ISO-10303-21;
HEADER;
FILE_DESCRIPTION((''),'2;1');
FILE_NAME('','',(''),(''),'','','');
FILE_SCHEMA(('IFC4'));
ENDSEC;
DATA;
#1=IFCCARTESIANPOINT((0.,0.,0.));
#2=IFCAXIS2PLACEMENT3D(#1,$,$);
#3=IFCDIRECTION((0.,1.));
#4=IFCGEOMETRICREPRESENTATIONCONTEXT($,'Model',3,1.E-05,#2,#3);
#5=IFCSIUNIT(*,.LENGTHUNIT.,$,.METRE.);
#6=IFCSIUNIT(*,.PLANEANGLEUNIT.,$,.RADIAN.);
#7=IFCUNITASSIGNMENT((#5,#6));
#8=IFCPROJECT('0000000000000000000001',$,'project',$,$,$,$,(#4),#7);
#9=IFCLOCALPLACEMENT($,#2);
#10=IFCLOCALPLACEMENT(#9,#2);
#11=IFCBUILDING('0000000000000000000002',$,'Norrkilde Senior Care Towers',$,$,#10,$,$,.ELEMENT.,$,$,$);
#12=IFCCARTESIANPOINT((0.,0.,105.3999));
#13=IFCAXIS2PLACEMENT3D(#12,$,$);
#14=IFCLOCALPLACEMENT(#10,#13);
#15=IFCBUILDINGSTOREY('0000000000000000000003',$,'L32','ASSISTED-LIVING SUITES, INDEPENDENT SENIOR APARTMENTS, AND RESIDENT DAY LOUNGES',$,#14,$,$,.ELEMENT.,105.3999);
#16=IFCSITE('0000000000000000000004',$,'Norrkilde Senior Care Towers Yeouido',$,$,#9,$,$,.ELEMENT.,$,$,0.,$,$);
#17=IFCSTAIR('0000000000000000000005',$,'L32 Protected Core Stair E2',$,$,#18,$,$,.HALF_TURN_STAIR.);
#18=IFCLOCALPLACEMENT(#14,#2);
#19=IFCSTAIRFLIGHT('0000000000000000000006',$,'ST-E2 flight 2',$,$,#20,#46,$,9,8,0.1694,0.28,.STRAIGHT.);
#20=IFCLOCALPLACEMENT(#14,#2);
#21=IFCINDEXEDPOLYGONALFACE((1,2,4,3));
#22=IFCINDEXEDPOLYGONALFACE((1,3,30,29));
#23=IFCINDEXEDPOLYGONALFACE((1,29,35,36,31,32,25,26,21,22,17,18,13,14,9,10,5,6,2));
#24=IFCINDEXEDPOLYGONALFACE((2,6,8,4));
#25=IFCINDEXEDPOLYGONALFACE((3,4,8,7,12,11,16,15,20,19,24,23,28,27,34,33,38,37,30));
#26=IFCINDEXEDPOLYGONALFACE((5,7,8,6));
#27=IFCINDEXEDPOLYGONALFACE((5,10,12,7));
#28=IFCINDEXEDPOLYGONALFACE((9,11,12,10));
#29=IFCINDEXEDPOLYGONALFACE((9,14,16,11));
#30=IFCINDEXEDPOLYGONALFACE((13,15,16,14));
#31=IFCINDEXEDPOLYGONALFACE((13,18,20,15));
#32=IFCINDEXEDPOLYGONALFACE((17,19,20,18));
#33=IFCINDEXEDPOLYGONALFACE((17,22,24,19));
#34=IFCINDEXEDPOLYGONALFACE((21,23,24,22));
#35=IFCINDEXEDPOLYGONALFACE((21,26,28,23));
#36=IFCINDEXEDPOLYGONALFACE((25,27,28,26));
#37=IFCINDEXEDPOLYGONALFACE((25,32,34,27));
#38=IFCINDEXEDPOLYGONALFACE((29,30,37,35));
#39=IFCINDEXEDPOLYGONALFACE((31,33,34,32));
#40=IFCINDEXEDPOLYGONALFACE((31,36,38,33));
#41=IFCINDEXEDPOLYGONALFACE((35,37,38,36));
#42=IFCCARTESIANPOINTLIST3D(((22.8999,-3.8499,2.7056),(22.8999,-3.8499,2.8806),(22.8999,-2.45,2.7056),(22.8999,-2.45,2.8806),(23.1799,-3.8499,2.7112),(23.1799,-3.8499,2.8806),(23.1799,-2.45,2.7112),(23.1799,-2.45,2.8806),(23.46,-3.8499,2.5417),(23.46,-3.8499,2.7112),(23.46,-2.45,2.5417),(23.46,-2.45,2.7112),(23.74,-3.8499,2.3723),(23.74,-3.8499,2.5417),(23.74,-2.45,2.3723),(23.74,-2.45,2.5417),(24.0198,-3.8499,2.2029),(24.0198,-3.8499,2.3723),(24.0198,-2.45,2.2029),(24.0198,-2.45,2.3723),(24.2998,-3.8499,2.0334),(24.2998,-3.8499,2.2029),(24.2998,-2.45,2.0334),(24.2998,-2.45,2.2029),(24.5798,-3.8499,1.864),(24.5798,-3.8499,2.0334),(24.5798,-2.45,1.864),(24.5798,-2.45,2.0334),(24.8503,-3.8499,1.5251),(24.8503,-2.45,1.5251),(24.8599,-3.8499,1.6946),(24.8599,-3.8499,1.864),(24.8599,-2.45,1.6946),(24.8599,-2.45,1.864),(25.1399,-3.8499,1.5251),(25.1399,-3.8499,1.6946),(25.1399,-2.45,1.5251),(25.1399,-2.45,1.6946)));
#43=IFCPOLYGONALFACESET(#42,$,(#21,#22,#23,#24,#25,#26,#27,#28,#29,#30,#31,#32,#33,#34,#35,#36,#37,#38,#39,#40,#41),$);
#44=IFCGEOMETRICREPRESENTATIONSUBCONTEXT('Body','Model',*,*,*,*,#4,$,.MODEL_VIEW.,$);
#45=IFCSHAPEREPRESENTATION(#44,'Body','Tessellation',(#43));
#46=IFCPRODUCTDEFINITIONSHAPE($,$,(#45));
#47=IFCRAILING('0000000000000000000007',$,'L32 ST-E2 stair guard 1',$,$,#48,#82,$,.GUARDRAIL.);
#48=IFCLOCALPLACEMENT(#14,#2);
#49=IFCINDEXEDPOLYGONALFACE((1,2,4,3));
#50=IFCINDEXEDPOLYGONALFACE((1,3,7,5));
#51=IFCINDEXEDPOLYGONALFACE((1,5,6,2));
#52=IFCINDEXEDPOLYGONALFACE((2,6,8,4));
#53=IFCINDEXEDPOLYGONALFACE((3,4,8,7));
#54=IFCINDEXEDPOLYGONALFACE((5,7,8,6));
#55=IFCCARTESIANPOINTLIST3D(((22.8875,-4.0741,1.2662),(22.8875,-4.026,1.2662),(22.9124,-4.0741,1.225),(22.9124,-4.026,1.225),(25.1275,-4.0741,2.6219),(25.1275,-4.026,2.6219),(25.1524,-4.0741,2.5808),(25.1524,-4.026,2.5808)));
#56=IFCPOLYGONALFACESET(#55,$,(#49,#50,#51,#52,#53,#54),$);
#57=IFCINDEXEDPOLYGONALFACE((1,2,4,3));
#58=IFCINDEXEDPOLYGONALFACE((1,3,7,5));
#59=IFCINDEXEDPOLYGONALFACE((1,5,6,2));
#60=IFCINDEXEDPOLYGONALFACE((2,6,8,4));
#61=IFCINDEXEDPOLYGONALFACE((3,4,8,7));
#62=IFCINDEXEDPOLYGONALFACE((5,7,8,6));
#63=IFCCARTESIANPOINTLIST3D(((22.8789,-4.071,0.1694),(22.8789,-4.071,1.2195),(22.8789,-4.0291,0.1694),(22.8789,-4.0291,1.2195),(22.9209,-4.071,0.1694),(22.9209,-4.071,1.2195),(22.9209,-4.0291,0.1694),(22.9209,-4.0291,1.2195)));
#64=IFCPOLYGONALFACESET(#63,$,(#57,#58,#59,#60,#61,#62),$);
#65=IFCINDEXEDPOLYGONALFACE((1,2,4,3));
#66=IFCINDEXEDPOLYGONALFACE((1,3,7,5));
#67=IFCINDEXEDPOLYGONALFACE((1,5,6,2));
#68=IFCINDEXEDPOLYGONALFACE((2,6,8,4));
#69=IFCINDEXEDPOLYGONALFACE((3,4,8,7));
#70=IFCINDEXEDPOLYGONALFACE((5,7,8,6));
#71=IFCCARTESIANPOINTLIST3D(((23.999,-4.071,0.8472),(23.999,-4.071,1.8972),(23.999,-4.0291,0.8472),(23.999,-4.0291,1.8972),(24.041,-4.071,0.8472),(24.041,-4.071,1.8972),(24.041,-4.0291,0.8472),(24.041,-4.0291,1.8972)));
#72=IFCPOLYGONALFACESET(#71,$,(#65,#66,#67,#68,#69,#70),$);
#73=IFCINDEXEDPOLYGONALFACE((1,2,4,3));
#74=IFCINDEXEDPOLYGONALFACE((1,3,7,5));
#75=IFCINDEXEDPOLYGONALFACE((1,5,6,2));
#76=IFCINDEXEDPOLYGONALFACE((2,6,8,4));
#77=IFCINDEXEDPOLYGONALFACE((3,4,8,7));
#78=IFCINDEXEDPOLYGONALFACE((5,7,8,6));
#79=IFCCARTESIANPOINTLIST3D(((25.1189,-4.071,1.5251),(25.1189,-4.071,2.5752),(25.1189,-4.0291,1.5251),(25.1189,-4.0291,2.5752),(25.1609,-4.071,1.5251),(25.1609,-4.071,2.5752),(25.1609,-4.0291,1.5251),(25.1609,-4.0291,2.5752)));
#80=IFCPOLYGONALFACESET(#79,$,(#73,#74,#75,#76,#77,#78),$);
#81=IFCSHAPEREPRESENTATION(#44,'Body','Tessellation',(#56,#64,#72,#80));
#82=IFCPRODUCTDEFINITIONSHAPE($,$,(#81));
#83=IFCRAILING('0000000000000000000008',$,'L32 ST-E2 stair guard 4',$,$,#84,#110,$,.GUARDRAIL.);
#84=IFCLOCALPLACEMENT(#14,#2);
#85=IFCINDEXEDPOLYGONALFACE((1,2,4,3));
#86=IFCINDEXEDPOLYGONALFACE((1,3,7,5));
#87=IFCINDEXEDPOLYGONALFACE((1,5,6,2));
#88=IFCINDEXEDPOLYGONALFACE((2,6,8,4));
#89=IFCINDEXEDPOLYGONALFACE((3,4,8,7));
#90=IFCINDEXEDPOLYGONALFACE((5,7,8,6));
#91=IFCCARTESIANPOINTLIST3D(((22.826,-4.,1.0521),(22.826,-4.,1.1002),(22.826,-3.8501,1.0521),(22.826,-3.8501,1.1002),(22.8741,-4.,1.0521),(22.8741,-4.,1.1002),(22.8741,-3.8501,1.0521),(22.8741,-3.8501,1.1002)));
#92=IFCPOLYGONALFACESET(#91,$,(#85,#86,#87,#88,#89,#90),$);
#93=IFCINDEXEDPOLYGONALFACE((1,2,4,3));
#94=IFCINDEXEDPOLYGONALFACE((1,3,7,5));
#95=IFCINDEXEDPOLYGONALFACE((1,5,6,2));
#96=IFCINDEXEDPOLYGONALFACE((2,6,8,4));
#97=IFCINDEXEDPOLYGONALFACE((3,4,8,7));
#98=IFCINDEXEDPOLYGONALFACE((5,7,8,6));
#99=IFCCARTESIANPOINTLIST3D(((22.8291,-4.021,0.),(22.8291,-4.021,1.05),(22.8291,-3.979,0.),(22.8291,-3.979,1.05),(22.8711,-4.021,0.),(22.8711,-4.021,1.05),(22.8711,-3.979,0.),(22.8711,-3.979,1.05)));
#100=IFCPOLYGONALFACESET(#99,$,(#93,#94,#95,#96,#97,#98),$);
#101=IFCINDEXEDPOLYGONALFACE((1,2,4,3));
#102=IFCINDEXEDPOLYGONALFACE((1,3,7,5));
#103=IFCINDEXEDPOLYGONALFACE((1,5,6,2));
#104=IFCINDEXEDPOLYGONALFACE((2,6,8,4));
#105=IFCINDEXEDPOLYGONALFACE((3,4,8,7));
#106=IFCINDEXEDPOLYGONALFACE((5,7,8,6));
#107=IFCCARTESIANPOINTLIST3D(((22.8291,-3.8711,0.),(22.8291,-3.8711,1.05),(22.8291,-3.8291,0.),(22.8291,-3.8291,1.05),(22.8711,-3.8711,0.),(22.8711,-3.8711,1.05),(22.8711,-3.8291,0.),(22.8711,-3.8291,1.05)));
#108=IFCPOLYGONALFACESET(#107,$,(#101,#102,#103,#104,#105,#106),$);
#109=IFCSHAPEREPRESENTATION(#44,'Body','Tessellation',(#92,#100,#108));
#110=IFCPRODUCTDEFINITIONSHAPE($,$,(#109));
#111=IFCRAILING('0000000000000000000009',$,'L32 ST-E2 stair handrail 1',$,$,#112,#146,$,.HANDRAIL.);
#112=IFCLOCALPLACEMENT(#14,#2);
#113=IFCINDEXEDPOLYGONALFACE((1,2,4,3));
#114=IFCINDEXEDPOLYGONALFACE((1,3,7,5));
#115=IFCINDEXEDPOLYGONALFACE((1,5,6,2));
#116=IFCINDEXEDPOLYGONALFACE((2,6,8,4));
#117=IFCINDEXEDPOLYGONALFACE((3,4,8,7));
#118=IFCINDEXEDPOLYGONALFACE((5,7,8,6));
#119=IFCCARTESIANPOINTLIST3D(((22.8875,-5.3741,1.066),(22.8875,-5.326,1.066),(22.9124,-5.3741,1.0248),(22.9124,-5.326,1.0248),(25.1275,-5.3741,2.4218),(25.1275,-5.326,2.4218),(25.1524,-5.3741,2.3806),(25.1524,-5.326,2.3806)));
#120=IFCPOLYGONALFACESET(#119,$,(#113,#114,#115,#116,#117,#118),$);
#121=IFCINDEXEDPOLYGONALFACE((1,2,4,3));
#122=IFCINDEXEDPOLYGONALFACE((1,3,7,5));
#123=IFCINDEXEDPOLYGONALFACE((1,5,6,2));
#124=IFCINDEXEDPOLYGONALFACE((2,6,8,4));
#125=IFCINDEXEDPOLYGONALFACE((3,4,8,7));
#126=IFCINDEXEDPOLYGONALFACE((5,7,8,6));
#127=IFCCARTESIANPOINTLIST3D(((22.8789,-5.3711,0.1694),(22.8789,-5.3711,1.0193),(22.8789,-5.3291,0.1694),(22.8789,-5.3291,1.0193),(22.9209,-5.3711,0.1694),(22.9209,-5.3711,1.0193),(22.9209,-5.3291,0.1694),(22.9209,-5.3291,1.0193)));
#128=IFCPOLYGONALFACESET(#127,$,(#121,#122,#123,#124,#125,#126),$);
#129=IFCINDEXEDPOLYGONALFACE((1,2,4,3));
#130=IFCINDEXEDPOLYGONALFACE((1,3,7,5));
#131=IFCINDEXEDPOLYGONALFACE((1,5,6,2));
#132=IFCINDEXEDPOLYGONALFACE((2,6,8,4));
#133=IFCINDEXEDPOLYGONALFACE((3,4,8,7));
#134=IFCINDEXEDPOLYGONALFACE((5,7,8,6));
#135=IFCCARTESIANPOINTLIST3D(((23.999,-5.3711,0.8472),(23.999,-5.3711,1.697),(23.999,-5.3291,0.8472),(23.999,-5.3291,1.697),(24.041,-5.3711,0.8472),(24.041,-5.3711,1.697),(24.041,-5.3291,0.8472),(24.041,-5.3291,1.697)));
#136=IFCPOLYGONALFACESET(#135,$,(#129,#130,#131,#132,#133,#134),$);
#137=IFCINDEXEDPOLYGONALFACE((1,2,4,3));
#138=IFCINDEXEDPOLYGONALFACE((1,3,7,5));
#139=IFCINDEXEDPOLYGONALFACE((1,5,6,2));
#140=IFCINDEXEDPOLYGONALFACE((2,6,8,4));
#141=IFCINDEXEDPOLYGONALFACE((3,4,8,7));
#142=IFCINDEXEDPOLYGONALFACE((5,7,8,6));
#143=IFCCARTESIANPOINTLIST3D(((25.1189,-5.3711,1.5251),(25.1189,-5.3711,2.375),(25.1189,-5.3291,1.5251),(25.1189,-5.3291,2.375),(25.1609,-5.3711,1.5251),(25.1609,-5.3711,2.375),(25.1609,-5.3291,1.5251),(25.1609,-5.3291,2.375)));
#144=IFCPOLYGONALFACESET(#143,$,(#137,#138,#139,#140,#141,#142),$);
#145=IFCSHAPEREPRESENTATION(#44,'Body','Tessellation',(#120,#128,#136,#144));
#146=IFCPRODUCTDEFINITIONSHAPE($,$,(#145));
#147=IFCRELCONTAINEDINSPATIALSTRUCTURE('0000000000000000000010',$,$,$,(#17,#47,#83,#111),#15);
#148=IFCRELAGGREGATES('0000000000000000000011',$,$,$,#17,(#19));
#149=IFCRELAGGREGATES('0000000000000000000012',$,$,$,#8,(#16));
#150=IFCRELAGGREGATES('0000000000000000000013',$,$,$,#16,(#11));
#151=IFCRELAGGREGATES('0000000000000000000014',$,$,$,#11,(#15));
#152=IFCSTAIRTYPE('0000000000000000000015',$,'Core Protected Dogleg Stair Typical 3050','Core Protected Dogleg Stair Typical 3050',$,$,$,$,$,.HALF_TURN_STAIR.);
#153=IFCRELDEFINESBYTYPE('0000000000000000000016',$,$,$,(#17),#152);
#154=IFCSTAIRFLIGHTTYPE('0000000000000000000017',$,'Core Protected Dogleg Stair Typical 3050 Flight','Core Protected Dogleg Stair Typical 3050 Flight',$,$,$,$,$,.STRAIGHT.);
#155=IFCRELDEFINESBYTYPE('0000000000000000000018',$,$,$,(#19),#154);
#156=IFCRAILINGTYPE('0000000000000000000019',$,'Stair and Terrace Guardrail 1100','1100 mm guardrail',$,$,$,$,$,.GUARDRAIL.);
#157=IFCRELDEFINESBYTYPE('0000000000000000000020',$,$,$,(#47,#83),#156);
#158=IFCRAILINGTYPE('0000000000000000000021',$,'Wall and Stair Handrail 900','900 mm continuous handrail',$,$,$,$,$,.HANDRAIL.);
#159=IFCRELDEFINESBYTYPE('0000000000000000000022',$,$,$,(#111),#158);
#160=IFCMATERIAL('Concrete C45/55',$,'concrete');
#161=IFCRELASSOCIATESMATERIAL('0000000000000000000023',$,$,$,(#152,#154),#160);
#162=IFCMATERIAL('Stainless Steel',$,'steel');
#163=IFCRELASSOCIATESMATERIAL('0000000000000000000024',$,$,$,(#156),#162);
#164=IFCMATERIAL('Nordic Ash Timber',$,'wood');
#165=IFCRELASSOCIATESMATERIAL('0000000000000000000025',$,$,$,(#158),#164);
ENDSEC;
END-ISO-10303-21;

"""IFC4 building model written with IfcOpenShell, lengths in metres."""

from ifc_helpers import new_model, si_unit, direction, frame, origin, origin_2d, place, context, subcontext, project, spatial, polyline, rectangle, outline, extrude, material, type_object, element, aggregate, save


model = new_model("IFC4")

# Units and contexts
model_context = context("Model", 3, precision=1e-05, world=origin(), true_north=direction((0.0, 1.0)))
body_context = subcontext(model_context, "Body", "Model", "MODEL_VIEW")
ifc_project = project(units=[si_unit("LENGTHUNIT", "METRE"), si_unit("PLANEANGLEUNIT", "RADIAN")], contexts=[model_context])

# Site, building, storey
site_placement = place(None, origin())
site = spatial("IfcSite", under=ifc_project, at=site_placement, Name="Norrkilde Senior Care Towers Yeouido", CompositionType="ELEMENT", RefElevation=0.0)
building_placement = place(site_placement, origin())
building = spatial("IfcBuilding", under=site, at=building_placement, Name="Norrkilde Senior Care Towers", CompositionType="ELEMENT")
storey_placement = place(building_placement, frame((0.0, 0.0, 105.3999)))
storey = spatial("IfcBuildingStorey", under=building, at=storey_placement, Name="L32", Description="ASSISTED-LIVING SUITES, INDEPENDENT SENIOR APARTMENTS, AND RESIDENT DAY LOUNGES", CompositionType="ELEMENT", Elevation=105.3999)

# Shared definitions
ifc_material_1 = material(Name="Concrete C45/55", Category="concrete")

# Shared definitions
ifc_material_2 = material(Name="Nordic Ash Timber", Category="wood")

# Stair, stair flight
stair_type = type_object("IfcStairType", Name="Core Protected Dogleg Stair Typical 3050", Description="Core Protected Dogleg Stair Typical 3050", PredefinedType="HALF_TURN_STAIR", material=ifc_material_1)
stair_placement = place(storey_placement, origin())
stair = element("IfcStair", 1, at=stair_placement, inside=storey, type_object=stair_type, Name="L32 Protected Core Stair E2", PredefinedType="HALF_TURN_STAIR")
stair_flight_type = type_object("IfcStairFlightType", Name="Core Protected Dogleg Stair Typical 3050 Flight", Description="Core Protected Dogleg Stair Typical 3050 Flight", PredefinedType="STRAIGHT", material=ifc_material_1)
stair_flight_1_placement = place(storey_placement, frame((25.1399, -3.1499, 1.5251), z_axis=(0.0, 0.0, 1.0), x_axis=(-1.0, 0.0, 0.0)))
stair_flight_1 = element("IfcStairFlight", 2, at=stair_flight_1_placement, type_object=stair_flight_type, Name="ST-E2 flight 2", NumberOfRisers=9, NumberOfTreads=8, PredefinedType="STRAIGHT", RiserHeight=0.1694, TreadLength=0.28, context=body_context, shape_type="SweptSolid", body=[
    extrude(outline(polyline([(0.0, 0.0), (0.0, 0.1694), (0.28, 0.1694), (0.28, 0.3389), (0.5601, 0.3389), (0.5601, 0.5083), (0.8401, 0.5083), (0.8401, 0.6777), (1.1201, 0.6777), (1.1201, 0.8472), (1.3999, 0.8472), (1.3999, 1.0166), (1.6799, 1.0166), (1.6799, 1.186), (1.96, 1.186), (1.96, 1.3555), (2.24, 1.3555), (2.24, 1.5249), (2.24, 1.1804), (0.2896, 0.0), (0.0, 0.0)])), frame((0.0, 0.7, 0.0), z_axis=(0.0, -1.0, 0.0), x_axis=(1.0, 0.0, 0.0)), (0.0, 0.0, 1.0), 1.3999),
])
aggregate(stair, [stair_flight_1])

# Railings
ifc_material_3 = material(Name="Stainless Steel", Category="steel")
railing_type_1 = type_object("IfcRailingType", Name="Stair and Terrace Guardrail 1100", Description="1100 mm guardrail", PredefinedType="GUARDRAIL", material=ifc_material_3)
railing_1_placement = place(storey_placement, frame((22.8999, -4.05, 0.1694)))
element("IfcRailing", 3, at=railing_1_placement, inside=storey, type_object=railing_type_1, Name="L32 ST-E2 stair guard 1", PredefinedType="GUARDRAIL", context=body_context, shape_type="SweptSolid", body=[
    extrude(rectangle(XDim=0.0481, YDim=0.0481, at=origin_2d()), frame((0.0, 0.0, 1.0762), z_axis=(0.855512, 0.0, 0.517783), x_axis=(0.0, 1.0, 0.0)), (0.0, 0.0, 1.0), 2.6184),
    extrude(rectangle(XDim=0.042, YDim=0.042, at=origin_2d()), origin(), (0.0, 0.0, 1.0), 1.05),
    extrude(rectangle(XDim=0.042, YDim=0.042, at=origin_2d()), frame((1.1201, 0.0, 0.6777)), (0.0, 0.0, 1.0), 1.05),
    extrude(rectangle(XDim=0.042, YDim=0.042, at=origin_2d()), frame((2.24, 0.0, 1.3557)), (0.0, 0.0, 1.0), 1.05),
])
railing_2_placement = place(storey_placement, frame((22.8501, -4.0, 0.0)))
element("IfcRailing", 4, at=railing_2_placement, inside=storey, type_object=railing_type_1, Name="L32 ST-E2 stair guard 4", PredefinedType="GUARDRAIL", context=body_context, shape_type="SweptSolid", body=[
    extrude(rectangle(XDim=0.0481, YDim=0.0481, at=origin_2d()), frame((0.0, 0.0, 1.0762), z_axis=(0.0, 1.0, 0.0), x_axis=(-1.0, 0.0, 0.0)), (0.0, 0.0, 1.0), 0.1499),
    extrude(rectangle(XDim=0.042, YDim=0.042, at=origin_2d()), origin(), (0.0, 0.0, 1.0), 1.05),
    extrude(rectangle(XDim=0.042, YDim=0.042, at=origin_2d()), frame((0.0, 0.1499, 0.0)), (0.0, 0.0, 1.0), 1.05),
])
railing_type_2 = type_object("IfcRailingType", Name="Wall and Stair Handrail 900", Description="900 mm continuous handrail", PredefinedType="HANDRAIL", material=ifc_material_2)
railing_3_placement = place(storey_placement, frame((22.8999, -5.3501, 0.1694)))
element("IfcRailing", 5, at=railing_3_placement, inside=storey, type_object=railing_type_2, Name="L32 ST-E2 stair handrail 1", PredefinedType="HANDRAIL", context=body_context, shape_type="SweptSolid", body=[
    extrude(rectangle(XDim=0.0481, YDim=0.0481, at=origin_2d()), frame((0.0, 0.0, 0.876), z_axis=(0.855512, 0.0, 0.517783), x_axis=(0.0, 1.0, 0.0)), (0.0, 0.0, 1.0), 2.6184),
    extrude(rectangle(XDim=0.042, YDim=0.042, at=origin_2d()), origin(), (0.0, 0.0, 1.0), 0.8499),
    extrude(rectangle(XDim=0.042, YDim=0.042, at=origin_2d()), frame((1.1201, 0.0, 0.6777)), (0.0, 0.0, 1.0), 0.8499),
    extrude(rectangle(XDim=0.042, YDim=0.042, at=origin_2d()), frame((2.24, 0.0, 1.3557)), (0.0, 0.0, 1.0), 0.8499),
])

save(model, "model.ifc")
